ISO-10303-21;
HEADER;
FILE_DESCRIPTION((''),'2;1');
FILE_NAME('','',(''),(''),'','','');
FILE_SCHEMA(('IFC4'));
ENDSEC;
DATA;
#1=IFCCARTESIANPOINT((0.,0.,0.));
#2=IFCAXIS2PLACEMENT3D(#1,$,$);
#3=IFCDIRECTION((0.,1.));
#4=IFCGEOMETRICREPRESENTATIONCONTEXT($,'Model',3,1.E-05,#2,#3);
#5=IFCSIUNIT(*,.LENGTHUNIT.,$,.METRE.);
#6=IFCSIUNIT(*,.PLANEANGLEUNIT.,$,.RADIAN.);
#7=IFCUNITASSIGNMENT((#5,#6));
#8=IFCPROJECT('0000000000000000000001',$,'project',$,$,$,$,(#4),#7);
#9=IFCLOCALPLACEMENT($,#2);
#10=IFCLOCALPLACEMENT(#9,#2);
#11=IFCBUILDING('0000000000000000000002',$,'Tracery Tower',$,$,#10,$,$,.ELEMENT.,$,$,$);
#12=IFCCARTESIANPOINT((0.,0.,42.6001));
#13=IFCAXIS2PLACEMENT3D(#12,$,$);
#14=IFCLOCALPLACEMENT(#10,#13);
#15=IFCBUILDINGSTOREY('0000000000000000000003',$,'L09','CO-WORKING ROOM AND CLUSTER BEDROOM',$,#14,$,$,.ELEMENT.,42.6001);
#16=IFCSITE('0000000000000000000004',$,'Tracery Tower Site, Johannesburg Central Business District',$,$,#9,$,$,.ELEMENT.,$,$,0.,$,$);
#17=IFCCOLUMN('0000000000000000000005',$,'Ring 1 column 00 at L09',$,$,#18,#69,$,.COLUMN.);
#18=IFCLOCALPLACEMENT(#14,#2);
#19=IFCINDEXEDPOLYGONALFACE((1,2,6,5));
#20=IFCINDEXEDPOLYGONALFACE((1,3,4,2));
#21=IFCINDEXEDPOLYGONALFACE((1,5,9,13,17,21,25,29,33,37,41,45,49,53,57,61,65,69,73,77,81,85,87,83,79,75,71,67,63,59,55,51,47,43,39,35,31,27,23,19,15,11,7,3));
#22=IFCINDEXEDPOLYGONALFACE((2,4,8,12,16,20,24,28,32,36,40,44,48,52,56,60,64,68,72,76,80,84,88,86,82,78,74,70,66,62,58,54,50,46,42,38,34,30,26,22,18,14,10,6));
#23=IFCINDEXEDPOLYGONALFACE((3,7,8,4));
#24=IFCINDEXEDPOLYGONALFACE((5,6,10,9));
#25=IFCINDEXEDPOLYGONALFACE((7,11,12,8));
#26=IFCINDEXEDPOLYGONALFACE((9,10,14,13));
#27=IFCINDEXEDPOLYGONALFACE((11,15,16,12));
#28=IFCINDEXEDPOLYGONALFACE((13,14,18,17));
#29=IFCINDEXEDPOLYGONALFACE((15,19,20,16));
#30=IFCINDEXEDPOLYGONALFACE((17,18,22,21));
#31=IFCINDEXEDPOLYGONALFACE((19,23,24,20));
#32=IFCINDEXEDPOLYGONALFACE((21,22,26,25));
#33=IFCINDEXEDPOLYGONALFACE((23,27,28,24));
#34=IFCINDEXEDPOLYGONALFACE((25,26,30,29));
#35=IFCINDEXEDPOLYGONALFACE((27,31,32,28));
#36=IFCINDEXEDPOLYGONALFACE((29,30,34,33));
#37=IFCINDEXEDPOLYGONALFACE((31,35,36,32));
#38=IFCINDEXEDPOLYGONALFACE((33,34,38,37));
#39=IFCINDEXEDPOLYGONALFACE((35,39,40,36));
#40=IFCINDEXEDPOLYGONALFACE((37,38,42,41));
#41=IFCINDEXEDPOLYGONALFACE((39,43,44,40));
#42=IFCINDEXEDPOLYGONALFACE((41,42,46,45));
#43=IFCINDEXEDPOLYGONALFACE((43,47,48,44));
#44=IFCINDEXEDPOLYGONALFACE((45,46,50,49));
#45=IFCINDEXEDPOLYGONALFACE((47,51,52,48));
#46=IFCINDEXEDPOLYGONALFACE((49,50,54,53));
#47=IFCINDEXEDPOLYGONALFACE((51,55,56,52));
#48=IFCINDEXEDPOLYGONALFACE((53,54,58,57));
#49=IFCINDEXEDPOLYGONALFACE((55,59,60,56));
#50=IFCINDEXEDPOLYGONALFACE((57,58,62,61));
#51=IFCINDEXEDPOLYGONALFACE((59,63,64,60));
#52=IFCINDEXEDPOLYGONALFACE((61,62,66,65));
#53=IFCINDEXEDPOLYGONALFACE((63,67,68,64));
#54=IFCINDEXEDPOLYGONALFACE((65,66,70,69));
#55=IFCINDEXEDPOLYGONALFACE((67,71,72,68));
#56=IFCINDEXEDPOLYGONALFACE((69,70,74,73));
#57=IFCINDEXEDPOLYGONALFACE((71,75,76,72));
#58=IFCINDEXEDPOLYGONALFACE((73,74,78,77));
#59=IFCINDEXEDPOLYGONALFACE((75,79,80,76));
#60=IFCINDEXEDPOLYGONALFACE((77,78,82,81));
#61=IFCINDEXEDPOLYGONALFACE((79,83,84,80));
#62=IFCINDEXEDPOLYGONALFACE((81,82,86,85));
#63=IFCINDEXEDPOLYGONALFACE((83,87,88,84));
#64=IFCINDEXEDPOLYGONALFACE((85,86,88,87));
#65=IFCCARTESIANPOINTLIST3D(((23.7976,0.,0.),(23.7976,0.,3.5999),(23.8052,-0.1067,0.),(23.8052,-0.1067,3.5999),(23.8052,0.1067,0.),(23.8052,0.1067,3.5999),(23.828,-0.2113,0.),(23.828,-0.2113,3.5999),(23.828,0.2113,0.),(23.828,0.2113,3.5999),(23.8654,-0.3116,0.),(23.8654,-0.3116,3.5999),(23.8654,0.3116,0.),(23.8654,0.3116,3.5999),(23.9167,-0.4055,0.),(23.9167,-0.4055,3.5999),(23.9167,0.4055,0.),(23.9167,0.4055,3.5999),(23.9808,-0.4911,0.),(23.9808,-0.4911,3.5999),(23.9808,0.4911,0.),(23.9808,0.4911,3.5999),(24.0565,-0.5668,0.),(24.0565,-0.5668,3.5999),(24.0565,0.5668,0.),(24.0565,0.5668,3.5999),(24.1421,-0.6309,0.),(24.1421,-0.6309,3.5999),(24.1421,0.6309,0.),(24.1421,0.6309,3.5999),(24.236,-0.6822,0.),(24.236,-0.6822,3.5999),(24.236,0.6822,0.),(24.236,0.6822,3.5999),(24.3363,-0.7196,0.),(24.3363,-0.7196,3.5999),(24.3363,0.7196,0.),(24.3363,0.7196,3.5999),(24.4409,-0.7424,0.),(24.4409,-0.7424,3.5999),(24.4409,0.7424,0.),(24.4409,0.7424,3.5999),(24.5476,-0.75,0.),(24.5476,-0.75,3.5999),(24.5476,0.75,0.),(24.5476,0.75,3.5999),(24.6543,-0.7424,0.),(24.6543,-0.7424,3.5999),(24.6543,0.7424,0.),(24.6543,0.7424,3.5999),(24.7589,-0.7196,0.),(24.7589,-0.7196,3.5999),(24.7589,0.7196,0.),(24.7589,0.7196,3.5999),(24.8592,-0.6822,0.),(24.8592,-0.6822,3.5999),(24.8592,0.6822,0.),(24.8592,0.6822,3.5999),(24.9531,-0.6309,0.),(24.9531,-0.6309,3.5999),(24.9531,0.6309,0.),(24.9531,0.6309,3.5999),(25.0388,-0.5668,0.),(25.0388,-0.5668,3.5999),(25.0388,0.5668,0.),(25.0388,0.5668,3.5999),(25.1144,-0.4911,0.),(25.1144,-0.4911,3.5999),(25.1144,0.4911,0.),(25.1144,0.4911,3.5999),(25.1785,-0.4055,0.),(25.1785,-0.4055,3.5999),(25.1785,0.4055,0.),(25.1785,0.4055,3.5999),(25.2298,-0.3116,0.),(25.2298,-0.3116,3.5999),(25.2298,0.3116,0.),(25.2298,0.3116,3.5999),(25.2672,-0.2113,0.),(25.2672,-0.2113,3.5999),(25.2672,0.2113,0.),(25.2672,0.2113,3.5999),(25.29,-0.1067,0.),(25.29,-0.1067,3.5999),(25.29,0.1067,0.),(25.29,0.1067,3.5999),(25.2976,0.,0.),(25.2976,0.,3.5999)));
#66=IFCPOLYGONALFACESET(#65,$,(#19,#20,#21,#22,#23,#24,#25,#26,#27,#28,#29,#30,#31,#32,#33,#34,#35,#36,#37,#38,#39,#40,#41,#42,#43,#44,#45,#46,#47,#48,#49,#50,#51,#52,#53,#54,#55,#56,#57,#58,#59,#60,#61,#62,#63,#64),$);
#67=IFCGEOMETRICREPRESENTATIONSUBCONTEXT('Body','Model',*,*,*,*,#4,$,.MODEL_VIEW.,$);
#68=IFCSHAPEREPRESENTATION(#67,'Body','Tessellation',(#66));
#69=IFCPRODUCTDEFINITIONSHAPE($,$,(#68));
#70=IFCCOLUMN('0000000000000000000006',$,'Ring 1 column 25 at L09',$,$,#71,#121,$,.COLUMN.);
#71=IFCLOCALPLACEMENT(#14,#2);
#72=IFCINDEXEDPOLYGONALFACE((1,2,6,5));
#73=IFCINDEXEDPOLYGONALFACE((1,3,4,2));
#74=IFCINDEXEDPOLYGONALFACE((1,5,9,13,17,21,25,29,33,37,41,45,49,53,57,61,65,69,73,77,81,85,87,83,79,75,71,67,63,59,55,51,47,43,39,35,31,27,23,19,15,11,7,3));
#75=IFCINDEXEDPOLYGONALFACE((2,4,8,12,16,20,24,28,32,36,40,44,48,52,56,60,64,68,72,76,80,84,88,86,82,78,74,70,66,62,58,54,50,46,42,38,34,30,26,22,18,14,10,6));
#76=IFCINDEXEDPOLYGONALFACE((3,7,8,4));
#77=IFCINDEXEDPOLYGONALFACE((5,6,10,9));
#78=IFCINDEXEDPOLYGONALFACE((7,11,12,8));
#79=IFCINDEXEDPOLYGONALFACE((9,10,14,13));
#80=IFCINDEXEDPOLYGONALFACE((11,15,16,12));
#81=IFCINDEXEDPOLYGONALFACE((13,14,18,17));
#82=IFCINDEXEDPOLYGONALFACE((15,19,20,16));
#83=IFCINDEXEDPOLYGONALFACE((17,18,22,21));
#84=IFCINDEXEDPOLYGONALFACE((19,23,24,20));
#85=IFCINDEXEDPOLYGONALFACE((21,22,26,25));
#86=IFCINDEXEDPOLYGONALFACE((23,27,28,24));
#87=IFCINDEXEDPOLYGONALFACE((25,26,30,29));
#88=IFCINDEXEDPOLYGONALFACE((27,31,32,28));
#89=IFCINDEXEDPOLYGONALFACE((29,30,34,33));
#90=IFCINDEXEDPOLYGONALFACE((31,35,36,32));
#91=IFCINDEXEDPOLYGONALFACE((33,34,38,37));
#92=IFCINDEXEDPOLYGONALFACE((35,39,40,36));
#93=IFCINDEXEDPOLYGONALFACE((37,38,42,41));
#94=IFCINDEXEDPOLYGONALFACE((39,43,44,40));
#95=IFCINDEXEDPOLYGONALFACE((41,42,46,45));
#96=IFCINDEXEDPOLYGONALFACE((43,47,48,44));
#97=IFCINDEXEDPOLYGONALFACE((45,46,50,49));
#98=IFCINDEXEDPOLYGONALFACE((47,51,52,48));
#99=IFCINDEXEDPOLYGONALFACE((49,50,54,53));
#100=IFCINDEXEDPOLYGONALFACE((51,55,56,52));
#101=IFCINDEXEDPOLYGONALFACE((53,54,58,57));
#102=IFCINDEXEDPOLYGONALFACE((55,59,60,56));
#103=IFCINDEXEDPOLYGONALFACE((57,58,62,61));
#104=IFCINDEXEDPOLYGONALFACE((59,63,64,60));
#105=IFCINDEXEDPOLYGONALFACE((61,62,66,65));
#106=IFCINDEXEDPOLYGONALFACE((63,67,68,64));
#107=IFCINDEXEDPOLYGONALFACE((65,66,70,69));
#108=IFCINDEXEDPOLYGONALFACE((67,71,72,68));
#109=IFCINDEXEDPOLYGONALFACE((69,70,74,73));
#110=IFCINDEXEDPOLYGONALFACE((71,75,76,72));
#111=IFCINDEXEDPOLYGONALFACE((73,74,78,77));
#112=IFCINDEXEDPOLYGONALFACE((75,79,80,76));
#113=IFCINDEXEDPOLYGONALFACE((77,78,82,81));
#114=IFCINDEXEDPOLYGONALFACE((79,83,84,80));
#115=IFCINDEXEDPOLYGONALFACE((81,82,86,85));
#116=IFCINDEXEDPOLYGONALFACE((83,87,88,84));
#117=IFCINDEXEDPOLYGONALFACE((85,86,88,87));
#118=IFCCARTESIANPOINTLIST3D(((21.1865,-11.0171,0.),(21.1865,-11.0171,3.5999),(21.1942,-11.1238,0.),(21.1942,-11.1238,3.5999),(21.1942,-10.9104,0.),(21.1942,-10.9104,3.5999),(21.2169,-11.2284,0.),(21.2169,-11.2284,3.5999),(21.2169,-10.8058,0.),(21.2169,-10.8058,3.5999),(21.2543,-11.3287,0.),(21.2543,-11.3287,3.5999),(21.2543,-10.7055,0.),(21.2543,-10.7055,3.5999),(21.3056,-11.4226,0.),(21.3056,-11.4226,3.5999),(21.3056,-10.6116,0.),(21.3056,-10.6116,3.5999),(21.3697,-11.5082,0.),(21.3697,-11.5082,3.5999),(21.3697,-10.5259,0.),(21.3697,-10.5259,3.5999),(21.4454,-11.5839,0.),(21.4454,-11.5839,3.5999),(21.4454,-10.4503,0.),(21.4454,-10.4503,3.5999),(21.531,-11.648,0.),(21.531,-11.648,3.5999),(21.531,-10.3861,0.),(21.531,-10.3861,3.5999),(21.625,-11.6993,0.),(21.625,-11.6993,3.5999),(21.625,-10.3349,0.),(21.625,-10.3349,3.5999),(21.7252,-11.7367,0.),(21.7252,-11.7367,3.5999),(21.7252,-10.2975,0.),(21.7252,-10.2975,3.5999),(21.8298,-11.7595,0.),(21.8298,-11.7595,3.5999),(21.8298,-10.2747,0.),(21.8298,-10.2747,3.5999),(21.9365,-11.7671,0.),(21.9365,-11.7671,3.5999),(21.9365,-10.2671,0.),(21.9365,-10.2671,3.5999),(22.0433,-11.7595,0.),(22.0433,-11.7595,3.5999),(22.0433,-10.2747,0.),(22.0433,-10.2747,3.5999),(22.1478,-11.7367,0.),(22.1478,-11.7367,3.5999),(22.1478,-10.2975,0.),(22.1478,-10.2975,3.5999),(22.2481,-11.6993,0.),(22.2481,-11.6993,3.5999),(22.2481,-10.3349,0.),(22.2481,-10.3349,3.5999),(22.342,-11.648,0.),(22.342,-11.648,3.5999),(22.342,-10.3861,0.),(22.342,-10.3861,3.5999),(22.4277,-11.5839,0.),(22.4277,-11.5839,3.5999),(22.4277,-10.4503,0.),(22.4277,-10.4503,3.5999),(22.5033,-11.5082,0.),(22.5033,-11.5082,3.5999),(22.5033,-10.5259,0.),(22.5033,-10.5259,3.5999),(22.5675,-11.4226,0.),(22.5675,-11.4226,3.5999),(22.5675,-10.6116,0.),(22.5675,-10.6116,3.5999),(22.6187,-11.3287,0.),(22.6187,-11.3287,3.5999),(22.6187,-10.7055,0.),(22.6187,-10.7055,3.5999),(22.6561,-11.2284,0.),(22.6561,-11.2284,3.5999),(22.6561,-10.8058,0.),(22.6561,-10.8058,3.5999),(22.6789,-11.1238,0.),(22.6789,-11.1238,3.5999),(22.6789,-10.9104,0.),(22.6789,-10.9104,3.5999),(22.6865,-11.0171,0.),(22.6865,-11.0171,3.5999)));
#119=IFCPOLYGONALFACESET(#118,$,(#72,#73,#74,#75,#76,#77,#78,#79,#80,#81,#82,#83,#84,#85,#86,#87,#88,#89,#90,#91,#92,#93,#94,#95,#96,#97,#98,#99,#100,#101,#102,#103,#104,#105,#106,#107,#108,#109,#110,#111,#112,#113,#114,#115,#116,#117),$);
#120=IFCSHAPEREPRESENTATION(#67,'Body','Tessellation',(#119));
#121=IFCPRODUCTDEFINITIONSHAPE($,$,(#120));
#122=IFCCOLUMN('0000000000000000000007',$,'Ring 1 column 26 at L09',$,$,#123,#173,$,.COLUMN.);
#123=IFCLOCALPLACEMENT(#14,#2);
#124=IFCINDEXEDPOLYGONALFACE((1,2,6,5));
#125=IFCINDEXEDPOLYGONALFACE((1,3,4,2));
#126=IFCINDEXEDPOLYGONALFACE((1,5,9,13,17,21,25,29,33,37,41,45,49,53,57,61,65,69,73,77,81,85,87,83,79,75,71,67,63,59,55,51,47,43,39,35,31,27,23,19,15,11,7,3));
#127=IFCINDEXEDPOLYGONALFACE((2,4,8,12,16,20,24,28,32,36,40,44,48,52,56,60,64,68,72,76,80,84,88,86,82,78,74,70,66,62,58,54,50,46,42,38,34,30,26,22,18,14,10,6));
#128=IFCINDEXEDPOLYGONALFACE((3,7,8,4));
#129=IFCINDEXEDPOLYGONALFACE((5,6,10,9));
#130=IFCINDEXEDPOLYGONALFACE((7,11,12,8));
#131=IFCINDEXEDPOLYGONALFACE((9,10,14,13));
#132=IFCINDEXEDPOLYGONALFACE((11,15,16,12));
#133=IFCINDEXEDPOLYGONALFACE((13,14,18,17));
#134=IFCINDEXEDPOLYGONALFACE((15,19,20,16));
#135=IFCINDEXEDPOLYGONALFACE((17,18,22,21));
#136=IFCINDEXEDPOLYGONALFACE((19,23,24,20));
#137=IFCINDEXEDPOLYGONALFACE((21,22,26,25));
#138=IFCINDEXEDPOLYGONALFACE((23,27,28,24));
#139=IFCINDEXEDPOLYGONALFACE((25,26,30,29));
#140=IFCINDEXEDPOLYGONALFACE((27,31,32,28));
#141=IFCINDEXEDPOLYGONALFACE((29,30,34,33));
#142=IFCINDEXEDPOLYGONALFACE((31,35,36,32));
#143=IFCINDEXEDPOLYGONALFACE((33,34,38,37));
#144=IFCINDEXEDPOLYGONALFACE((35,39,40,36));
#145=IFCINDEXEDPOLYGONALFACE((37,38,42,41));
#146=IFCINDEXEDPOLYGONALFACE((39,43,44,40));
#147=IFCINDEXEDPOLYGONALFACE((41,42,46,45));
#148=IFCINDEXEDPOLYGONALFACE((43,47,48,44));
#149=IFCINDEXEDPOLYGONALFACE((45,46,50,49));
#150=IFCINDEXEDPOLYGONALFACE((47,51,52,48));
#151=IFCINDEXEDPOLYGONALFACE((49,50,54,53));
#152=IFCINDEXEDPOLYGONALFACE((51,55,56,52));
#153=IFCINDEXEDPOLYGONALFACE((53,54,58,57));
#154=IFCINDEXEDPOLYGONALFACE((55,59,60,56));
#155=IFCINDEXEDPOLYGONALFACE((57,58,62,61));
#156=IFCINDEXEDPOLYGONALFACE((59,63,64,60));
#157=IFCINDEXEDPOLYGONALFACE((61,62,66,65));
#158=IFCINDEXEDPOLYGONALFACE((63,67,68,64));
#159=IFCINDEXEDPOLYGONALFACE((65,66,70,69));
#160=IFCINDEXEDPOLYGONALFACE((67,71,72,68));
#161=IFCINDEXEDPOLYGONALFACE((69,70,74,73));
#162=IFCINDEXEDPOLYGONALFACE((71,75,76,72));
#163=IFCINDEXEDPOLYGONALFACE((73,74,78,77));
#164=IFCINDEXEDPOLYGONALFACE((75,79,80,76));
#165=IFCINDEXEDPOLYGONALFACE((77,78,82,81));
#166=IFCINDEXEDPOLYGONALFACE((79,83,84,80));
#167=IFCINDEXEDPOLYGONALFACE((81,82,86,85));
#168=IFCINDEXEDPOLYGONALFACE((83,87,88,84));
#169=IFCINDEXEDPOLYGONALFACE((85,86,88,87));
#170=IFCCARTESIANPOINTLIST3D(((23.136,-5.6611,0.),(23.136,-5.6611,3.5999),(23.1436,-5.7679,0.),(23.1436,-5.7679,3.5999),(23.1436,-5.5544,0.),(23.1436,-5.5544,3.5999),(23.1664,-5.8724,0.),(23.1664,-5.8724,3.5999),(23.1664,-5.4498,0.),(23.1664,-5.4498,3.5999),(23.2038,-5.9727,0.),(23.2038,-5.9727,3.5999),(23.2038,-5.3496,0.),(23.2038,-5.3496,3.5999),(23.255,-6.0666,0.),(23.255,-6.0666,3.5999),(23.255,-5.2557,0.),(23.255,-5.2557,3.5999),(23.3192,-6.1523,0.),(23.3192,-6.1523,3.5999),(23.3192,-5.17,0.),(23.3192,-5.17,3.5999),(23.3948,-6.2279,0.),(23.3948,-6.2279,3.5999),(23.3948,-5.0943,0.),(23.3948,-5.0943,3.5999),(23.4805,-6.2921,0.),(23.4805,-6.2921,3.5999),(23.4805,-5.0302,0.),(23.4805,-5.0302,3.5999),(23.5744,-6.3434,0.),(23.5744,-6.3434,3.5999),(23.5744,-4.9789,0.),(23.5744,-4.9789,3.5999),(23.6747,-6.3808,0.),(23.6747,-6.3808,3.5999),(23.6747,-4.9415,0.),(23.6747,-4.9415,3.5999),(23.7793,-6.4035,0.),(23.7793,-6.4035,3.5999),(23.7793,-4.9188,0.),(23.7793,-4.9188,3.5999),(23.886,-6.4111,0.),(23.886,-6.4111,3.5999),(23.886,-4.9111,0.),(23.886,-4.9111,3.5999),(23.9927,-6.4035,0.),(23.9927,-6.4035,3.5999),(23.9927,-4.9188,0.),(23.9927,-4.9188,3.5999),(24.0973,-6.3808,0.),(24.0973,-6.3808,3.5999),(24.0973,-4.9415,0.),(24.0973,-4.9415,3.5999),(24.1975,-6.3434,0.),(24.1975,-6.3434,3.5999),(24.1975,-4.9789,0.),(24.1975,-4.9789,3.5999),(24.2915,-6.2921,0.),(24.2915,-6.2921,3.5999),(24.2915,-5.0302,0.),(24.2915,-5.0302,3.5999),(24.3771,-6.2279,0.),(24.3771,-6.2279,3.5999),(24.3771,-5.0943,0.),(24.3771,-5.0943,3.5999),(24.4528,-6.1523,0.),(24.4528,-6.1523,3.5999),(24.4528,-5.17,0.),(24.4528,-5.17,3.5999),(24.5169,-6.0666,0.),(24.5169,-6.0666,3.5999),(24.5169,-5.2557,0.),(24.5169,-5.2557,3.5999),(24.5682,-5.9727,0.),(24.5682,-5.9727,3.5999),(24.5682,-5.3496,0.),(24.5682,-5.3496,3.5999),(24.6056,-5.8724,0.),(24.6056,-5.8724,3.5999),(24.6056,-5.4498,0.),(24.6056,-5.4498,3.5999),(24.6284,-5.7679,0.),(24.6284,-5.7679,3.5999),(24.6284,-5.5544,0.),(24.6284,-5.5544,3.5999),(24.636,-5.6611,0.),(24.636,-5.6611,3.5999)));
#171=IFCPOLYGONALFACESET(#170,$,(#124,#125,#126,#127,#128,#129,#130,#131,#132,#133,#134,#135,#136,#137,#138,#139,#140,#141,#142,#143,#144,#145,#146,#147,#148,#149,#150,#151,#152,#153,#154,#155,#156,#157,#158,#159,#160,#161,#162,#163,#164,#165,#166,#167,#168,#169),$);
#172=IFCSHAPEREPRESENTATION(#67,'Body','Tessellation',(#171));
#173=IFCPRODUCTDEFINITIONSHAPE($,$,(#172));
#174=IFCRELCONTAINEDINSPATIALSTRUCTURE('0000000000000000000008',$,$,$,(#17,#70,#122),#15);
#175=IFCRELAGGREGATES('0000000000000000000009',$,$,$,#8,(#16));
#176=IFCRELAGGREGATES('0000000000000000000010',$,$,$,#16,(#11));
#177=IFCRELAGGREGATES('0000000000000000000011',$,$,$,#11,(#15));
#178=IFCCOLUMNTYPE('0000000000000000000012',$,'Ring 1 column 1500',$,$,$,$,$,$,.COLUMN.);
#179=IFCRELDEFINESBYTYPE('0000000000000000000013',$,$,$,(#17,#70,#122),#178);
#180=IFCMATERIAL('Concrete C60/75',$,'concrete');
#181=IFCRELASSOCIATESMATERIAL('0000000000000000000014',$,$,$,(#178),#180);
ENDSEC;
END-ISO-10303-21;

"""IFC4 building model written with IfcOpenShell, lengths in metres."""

from ifc_helpers import new_model, si_unit, direction, frame, origin, origin_2d, place, context, subcontext, project, spatial, circle, extrude, material, material_profile, profile_set, type_object, element, save


model = new_model("IFC4")

# Units and contexts
model_context = context("Model", 3, precision=1e-05, world=origin(), true_north=direction((0.0, 1.0)))
body_context = subcontext(model_context, "Body", "Model", "MODEL_VIEW")
ifc_project = project(units=[si_unit("LENGTHUNIT", "METRE"), si_unit("PLANEANGLEUNIT", "RADIAN")], contexts=[model_context])

# Site, building, storey
site_placement = place(None, origin())
site = spatial("IfcSite", under=ifc_project, at=site_placement, Name="Tracery Tower Site, Johannesburg Central Business District", CompositionType="ELEMENT", RefElevation=0.0)
building_placement = place(site_placement, origin())
building = spatial("IfcBuilding", under=site, at=building_placement, Name="Tracery Tower", CompositionType="ELEMENT")
storey_placement = place(building_placement, frame((0.0, 0.0, 42.6001)))
storey = spatial("IfcBuildingStorey", under=building, at=storey_placement, Name="L09", Description="CO-WORKING ROOM AND CLUSTER BEDROOM", CompositionType="ELEMENT", Elevation=42.6001)

# Columns
ifc_material_1 = material(Name="Concrete C60/75", Category="concrete")
ifc_material_profile_1 = material_profile(ifc_material_1, circle(Radius=0.75, at=origin_2d()), Name="RC D1500")
ifc_profile_set_1 = profile_set([ifc_material_profile_1], Name="Concrete C60/75")
column_type_1 = type_object("IfcColumnType", Name="Ring 1 column 1500", PredefinedType="COLUMN", material=ifc_profile_set_1)
for number, where, z_axis, x_axis, name in (
    (1, (24.5476, 0.0, 0.0), (0.0, 0.0, 1.0), (1.0, 0.0, 0.0), "Ring 1 column 00 at L09"),
    (2, (21.9365, -11.0171, 0.0), (0.0, 0.0, 1.0), (1.0, 0.0, 0.0), "Ring 1 column 25 at L09"),
    (3, (23.886, -5.6611, 0.0), (0.0, 0.0, 1.0), (1.0, 0.0, 0.0), "Ring 1 column 26 at L09"),
):
    element("IfcColumn", number, at=place(storey_placement, frame(where, z_axis=z_axis, x_axis=x_axis)), inside=storey, type_object=column_type_1, Name=name, PredefinedType="COLUMN", context=body_context, shape_type="SweptSolid", body=[
        extrude(circle(Radius=0.75, at=origin_2d()), origin(), (0.0, 0.0, 1.0), 3.5999),
    ])

save(model, "model.ifc")
